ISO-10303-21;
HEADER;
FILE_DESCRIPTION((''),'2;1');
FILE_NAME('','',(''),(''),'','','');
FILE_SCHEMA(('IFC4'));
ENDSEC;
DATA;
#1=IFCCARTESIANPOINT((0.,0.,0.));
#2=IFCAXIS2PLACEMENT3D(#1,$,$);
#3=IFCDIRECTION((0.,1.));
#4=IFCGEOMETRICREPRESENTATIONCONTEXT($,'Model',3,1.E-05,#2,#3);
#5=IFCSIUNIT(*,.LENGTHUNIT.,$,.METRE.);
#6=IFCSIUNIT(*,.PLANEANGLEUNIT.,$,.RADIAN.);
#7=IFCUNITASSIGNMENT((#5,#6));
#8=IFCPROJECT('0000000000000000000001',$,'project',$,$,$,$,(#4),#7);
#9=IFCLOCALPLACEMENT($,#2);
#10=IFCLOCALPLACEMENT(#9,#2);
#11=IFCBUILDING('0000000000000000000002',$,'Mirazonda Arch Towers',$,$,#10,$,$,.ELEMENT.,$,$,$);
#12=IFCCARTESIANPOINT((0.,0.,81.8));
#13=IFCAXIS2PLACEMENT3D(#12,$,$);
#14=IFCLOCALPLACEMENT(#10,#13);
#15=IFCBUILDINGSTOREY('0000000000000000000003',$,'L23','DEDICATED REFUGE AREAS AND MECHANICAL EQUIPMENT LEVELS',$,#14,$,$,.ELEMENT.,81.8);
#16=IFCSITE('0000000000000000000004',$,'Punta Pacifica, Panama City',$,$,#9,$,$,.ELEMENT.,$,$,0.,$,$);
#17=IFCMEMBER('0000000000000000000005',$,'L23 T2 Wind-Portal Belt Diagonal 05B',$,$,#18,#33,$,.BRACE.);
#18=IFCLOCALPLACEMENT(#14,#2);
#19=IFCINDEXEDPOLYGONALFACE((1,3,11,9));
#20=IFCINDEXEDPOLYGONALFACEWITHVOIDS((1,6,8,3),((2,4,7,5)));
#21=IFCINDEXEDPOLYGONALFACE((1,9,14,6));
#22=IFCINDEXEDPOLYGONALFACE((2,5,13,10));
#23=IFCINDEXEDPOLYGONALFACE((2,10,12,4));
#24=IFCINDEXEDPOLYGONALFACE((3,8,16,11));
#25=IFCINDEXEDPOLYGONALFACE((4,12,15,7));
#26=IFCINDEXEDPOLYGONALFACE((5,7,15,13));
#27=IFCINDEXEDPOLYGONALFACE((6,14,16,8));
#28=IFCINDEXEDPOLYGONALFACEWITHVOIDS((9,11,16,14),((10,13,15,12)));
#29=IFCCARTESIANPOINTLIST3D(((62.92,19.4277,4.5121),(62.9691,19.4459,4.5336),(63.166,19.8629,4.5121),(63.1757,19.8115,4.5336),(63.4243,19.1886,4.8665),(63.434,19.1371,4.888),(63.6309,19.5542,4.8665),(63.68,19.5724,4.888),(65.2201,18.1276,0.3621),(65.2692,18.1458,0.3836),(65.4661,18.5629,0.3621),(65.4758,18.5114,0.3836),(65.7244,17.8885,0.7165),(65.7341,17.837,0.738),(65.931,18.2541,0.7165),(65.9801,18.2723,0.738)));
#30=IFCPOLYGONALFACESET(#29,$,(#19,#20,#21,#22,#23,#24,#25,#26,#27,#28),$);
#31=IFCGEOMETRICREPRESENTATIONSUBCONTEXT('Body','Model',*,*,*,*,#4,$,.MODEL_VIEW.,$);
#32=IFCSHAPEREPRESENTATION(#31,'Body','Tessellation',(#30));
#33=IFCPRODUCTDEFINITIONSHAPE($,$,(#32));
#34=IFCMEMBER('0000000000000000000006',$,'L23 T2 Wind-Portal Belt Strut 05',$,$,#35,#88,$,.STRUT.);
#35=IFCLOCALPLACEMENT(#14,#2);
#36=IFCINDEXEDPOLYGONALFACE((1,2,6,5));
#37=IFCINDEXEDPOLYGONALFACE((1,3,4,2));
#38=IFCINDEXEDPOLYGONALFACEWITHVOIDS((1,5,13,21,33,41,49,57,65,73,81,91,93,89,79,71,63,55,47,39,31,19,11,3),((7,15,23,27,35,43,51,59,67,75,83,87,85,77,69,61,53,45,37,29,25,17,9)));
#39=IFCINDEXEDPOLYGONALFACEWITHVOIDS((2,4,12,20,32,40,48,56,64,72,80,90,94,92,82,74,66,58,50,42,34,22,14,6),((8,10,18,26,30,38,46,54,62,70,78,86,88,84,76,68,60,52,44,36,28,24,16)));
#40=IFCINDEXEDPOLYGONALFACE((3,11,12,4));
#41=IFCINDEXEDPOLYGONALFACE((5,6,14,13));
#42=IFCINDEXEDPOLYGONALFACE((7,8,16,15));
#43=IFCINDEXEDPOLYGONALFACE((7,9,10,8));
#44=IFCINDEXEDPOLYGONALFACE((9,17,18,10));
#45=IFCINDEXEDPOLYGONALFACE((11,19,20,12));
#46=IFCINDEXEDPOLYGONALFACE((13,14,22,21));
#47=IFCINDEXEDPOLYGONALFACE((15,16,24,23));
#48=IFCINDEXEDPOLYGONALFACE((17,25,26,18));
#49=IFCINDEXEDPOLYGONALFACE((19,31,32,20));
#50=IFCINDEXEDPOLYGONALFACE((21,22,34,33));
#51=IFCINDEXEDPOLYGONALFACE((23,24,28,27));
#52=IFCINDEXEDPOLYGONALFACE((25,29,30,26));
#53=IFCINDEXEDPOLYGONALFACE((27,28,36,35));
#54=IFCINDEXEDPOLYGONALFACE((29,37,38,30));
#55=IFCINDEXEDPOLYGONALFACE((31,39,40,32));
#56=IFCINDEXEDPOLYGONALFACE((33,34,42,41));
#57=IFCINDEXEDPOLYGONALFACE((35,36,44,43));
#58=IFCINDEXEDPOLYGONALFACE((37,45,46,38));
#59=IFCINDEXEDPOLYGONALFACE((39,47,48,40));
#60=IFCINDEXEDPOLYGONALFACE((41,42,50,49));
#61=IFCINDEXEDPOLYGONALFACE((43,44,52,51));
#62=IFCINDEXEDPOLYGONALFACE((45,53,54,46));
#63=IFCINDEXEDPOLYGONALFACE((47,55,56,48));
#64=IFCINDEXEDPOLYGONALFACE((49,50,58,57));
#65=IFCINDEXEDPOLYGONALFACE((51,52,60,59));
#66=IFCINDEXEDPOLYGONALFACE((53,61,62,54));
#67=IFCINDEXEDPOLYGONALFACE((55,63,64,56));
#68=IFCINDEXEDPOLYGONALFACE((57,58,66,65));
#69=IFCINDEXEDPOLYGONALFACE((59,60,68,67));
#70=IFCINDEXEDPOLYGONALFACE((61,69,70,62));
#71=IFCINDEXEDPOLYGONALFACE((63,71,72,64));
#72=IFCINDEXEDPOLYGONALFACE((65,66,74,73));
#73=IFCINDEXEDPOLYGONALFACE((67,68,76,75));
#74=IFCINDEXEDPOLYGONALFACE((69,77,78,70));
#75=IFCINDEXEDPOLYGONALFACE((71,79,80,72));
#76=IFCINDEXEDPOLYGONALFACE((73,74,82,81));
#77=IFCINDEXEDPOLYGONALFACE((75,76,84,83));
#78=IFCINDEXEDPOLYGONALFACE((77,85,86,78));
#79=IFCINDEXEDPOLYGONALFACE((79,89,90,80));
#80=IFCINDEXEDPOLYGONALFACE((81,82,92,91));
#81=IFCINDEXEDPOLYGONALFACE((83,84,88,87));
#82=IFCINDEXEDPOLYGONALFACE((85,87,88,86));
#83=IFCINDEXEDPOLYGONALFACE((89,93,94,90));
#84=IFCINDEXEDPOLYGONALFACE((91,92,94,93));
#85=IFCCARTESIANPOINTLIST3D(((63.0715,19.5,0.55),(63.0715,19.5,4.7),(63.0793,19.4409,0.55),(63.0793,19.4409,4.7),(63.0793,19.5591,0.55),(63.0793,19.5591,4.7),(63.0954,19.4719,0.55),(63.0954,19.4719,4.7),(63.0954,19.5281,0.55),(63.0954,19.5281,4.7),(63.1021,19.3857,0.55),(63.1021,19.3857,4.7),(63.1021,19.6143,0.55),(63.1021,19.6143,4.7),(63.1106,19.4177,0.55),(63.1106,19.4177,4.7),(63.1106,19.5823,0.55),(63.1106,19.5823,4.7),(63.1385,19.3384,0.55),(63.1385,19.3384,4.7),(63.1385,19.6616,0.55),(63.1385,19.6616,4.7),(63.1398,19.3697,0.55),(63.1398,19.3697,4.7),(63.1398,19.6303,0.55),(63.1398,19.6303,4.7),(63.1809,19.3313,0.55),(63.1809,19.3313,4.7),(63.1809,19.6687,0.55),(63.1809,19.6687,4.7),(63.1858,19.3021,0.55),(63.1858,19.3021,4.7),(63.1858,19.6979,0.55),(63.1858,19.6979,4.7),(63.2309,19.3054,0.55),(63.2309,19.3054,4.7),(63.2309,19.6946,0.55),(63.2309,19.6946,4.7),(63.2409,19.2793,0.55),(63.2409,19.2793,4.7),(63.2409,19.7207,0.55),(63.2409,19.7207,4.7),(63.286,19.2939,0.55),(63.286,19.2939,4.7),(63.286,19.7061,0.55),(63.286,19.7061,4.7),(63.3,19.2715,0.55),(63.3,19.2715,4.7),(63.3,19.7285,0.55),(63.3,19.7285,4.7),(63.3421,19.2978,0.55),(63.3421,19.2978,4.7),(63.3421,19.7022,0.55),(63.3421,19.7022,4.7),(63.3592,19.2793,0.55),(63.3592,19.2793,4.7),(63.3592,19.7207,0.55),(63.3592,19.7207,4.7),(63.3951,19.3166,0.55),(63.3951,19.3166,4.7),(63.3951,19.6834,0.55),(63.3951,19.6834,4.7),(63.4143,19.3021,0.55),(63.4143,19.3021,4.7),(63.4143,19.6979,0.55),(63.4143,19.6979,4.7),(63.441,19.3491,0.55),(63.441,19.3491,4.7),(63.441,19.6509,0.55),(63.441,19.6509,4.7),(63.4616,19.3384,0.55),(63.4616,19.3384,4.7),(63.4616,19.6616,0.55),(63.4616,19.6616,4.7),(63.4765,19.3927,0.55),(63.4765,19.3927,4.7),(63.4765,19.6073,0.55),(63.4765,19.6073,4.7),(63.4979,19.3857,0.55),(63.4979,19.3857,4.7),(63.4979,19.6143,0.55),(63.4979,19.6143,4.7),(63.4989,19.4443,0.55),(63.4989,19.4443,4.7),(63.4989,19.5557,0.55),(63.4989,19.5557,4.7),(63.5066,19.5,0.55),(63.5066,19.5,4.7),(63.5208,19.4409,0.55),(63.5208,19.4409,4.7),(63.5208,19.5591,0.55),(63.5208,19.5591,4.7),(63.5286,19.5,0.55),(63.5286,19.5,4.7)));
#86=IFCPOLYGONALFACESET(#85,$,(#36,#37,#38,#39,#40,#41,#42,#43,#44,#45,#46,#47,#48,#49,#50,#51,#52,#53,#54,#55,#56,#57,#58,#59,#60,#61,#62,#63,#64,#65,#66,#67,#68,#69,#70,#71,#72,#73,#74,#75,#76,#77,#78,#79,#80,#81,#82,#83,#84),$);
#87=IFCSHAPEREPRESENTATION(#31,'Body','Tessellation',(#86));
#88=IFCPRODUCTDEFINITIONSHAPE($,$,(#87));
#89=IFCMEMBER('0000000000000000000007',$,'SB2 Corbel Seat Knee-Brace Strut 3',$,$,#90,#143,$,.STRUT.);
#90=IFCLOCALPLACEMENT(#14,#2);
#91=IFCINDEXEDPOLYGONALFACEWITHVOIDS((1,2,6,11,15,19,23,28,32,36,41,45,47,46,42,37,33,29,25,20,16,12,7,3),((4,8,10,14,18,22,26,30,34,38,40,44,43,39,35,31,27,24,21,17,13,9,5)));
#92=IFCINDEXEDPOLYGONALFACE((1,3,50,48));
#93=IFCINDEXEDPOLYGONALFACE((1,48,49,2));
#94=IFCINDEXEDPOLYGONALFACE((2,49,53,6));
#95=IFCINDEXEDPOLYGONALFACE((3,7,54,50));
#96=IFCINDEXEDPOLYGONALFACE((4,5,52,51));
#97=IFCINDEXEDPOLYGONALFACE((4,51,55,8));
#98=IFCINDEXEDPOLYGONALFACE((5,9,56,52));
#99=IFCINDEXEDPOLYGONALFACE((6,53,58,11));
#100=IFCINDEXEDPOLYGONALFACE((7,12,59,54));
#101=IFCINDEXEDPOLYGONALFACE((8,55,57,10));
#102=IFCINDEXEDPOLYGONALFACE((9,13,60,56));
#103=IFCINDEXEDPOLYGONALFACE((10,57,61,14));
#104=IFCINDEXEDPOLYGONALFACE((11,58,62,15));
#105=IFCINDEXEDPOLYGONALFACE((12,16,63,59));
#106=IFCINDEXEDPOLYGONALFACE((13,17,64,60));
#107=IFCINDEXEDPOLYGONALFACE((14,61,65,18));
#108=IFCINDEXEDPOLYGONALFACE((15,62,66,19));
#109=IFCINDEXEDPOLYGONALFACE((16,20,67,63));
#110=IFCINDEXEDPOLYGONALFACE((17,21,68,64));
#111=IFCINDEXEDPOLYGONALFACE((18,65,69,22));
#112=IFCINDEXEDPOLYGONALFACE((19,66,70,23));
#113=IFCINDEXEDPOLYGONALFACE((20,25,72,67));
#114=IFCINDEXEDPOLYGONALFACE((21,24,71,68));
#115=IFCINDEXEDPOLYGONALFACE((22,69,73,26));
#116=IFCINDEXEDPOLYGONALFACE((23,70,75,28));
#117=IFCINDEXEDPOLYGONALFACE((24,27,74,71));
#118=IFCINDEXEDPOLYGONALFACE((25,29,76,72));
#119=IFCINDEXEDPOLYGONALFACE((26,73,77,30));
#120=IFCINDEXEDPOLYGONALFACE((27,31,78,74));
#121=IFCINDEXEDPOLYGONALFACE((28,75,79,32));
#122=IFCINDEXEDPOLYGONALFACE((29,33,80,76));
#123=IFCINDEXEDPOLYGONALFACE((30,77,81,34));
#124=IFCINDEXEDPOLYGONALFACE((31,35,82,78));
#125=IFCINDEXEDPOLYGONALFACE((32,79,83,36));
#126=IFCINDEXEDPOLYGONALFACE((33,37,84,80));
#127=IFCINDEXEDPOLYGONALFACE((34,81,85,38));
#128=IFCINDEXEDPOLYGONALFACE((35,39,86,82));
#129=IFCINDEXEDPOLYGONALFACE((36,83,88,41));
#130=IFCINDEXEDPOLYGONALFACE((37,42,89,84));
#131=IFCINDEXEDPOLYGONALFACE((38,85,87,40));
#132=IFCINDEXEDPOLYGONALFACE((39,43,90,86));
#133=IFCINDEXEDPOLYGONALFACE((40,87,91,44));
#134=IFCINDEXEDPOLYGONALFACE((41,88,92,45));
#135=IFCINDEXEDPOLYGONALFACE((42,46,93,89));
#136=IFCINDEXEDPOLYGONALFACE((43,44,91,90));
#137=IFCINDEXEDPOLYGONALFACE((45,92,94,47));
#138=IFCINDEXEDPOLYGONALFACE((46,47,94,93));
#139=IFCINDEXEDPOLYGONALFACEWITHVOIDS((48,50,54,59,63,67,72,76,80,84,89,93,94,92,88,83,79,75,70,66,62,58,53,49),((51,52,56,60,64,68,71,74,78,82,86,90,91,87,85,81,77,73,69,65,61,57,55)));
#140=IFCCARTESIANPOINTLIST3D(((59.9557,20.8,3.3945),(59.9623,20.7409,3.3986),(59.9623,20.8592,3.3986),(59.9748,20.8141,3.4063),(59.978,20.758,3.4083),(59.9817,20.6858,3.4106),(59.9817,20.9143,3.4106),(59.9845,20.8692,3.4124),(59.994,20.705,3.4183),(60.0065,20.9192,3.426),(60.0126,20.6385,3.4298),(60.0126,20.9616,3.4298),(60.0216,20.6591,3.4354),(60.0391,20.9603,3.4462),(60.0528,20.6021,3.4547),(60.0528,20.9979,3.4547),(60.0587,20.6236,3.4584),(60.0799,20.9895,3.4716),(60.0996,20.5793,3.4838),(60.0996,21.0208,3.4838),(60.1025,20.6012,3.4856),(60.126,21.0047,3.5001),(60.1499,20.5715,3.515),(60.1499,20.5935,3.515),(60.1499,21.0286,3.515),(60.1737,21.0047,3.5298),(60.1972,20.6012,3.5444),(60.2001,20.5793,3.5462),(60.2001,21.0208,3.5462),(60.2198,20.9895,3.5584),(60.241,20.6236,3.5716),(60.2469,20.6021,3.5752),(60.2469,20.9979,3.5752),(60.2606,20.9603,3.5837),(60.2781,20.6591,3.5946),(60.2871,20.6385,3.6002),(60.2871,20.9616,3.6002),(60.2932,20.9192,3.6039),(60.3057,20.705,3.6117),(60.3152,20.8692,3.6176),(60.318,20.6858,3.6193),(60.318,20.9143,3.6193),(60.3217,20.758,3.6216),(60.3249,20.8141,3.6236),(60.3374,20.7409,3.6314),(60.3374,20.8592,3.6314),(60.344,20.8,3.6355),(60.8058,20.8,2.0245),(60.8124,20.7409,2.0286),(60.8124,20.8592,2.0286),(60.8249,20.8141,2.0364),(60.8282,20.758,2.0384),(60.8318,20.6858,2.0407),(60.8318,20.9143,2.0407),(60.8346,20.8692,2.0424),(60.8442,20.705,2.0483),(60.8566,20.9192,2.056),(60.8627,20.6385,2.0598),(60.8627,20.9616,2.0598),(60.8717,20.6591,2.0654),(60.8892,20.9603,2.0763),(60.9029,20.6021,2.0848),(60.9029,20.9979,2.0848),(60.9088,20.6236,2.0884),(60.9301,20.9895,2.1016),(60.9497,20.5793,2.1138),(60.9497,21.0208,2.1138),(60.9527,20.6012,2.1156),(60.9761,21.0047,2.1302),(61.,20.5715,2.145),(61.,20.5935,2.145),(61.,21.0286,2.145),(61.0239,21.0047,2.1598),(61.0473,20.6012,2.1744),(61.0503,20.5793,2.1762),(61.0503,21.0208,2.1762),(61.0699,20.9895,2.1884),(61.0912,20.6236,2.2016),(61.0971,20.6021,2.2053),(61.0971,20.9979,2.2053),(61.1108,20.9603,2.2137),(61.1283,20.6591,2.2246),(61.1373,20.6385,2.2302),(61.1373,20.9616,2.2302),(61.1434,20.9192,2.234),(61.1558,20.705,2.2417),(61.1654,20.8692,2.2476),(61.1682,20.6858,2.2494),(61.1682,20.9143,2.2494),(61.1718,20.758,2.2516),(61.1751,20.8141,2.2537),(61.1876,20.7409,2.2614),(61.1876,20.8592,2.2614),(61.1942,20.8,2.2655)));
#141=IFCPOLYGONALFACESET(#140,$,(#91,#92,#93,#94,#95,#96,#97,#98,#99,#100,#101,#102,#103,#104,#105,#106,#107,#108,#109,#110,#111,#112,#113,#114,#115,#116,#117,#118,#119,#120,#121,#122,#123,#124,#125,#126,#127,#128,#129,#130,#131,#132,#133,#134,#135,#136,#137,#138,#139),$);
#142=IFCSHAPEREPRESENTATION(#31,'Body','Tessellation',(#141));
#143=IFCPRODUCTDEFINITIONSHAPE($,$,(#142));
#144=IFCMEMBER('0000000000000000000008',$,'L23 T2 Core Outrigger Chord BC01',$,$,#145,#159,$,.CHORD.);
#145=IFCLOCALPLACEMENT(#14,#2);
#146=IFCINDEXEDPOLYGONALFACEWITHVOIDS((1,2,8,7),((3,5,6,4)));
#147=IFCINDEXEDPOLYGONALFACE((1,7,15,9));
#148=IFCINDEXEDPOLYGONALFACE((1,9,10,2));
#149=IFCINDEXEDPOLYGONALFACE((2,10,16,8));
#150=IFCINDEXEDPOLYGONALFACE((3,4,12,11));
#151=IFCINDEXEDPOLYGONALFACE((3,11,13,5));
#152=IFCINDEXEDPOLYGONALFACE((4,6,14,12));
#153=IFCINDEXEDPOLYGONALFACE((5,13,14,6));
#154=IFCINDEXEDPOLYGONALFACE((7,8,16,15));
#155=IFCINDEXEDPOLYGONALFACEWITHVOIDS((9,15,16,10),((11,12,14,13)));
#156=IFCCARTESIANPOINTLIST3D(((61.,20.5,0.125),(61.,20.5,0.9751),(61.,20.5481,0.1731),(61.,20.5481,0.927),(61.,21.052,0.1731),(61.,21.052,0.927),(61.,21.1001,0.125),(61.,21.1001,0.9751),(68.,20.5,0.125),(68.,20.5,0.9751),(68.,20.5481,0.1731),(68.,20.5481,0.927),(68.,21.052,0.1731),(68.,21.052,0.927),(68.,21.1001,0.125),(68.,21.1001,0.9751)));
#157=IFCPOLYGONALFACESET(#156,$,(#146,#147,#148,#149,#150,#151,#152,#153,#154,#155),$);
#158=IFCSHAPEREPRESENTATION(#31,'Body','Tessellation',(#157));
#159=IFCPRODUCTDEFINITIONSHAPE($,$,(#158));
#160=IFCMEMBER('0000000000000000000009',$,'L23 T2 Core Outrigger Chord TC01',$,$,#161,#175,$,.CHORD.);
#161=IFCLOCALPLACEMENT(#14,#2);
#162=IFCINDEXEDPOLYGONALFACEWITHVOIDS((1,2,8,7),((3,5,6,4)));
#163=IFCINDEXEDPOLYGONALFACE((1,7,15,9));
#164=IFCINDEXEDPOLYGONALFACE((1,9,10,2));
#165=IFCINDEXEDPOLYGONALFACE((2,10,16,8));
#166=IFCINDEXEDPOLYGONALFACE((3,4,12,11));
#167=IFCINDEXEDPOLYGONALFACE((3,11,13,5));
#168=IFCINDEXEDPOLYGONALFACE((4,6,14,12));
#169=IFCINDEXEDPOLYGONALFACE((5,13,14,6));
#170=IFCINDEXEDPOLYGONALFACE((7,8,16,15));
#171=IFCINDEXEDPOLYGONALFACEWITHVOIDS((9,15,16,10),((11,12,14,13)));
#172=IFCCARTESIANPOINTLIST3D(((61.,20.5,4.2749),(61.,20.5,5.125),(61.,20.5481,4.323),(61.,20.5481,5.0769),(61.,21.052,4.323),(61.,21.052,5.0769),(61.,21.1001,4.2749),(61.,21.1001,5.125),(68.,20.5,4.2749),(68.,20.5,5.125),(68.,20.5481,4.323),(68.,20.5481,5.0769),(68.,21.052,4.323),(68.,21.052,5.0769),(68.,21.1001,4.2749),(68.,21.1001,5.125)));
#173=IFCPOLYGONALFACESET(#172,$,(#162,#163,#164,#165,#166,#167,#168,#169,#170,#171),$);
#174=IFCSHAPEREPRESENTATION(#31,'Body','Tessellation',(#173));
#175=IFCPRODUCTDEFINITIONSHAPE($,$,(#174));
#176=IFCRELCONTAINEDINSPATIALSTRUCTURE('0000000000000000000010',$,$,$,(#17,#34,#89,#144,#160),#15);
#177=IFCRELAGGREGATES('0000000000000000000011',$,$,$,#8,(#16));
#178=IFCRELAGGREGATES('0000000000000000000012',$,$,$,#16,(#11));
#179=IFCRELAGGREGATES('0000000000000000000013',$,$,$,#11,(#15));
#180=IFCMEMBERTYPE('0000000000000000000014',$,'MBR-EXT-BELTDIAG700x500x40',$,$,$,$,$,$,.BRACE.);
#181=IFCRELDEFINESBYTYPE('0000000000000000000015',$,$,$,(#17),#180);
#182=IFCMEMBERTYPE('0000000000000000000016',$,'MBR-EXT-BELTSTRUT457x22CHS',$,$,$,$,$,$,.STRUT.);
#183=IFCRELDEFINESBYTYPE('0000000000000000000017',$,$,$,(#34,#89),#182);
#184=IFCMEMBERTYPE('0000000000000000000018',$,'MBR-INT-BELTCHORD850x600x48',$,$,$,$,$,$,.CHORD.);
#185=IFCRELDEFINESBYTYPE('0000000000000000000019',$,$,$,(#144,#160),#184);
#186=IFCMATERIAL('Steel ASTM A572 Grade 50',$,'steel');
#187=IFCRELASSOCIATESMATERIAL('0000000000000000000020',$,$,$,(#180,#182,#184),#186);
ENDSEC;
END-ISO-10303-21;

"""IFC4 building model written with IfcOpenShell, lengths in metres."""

from ifc_helpers import new_model, si_unit, direction, frame, origin, origin_2d, place, context, subcontext, project, spatial, hollow_rectangle, hollow_circle, extrude, material, material_profile, profile_set, type_object, element, save


model = new_model("IFC4")

# Units and contexts
model_context = context("Model", 3, precision=1e-05, world=origin(), true_north=direction((0.0, 1.0)))
body_context = subcontext(model_context, "Body", "Model", "MODEL_VIEW")
ifc_project = project(units=[si_unit("LENGTHUNIT", "METRE"), si_unit("PLANEANGLEUNIT", "RADIAN")], contexts=[model_context])

# Site, building, storey
site_placement = place(None, origin())
site = spatial("IfcSite", under=ifc_project, at=site_placement, Name="Punta Pacifica, Panama City", CompositionType="ELEMENT", RefElevation=0.0)
building_placement = place(site_placement, origin())
building = spatial("IfcBuilding", under=site, at=building_placement, Name="Mirazonda Arch Towers", CompositionType="ELEMENT")
storey_placement = place(building_placement, frame((0.0, 0.0, 81.8)))
storey = spatial("IfcBuildingStorey", under=building, at=storey_placement, Name="L23", Description="DEDICATED REFUGE AREAS AND MECHANICAL EQUIPMENT LEVELS", CompositionType="ELEMENT", Elevation=81.8)

# Members
ifc_material_1 = material(Name="Steel ASTM A572 Grade 50", Category="steel")
ifc_material_profile_1 = material_profile(ifc_material_1, hollow_rectangle(XDim=0.5, YDim=0.7, WallThickness=0.04, at=origin_2d()), Name="BELTDIAG700x500x40")
ifc_profile_set_1 = profile_set([ifc_material_profile_1], Name="Steel ASTM A572 Grade 50")
member_type_1 = type_object("IfcMemberType", Name="MBR-EXT-BELTDIAG700x500x40", PredefinedType="BRACE", material=ifc_profile_set_1)
member_1_placement = place(storey_placement, frame((65.6001, 18.2, 0.55), z_axis=(-0.467532, 0.264261, 0.843552), x_axis=(-0.492063, -0.870559, 0.0)))
element("IfcMember", 1, at=member_1_placement, inside=storey, type_object=member_type_1, Name="L23 T2 Wind-Portal Belt Diagonal 05B", PredefinedType="BRACE", context=body_context, shape_type="SweptSolid", body=[
    extrude(hollow_rectangle(XDim=0.5, YDim=0.7, WallThickness=0.04, at=origin_2d()), origin(), (0.0, 0.0, 1.0), 4.9197),
])
ifc_material_profile_2 = material_profile(ifc_material_1, hollow_circle(Radius=0.2285, WallThickness=0.022, at=origin_2d()), Name="BELTSTRUT457x22CHS")
ifc_profile_set_2 = profile_set([ifc_material_profile_2], Name="Steel ASTM A572 Grade 50")
member_type_2 = type_object("IfcMemberType", Name="MBR-EXT-BELTSTRUT457x22CHS", PredefinedType="STRUT", material=ifc_profile_set_2)
member_2_placement = place(storey_placement, frame((63.3, 19.5, 0.55), z_axis=(0.0, 0.0, 1.0), x_axis=(1.0, 0.0, 0.0)))
element("IfcMember", 2, at=member_2_placement, inside=storey, type_object=member_type_2, Name="L23 T2 Wind-Portal Belt Strut 05", PredefinedType="STRUT", context=body_context, shape_type="SweptSolid", body=[
    extrude(hollow_circle(Radius=0.2285, WallThickness=0.022, at=origin_2d()), origin(), (0.0, 0.0, 1.0), 4.1499),
])
member_3_placement = place(storey_placement, frame((61.0, 20.8, 2.145), z_axis=(-0.527287, 0.0, 0.849687), x_axis=(0.0, -1.0, 0.0)))
element("IfcMember", 3, at=member_3_placement, inside=storey, type_object=member_type_2, Name="SB2 Corbel Seat Knee-Brace Strut 3", PredefinedType="STRUT", context=body_context, shape_type="SweptSolid", body=[
    extrude(hollow_circle(Radius=0.2285, WallThickness=0.022, at=origin_2d()), origin(), (0.0, 0.0, 1.0), 1.6123),
])
ifc_material_profile_3 = material_profile(ifc_material_1, hollow_rectangle(XDim=0.6001, YDim=0.8501, WallThickness=0.0481, at=origin_2d()), Name="BELTCHORD850x600x48")
ifc_profile_set_3 = profile_set([ifc_material_profile_3], Name="Steel ASTM A572 Grade 50")
member_type_3 = type_object("IfcMemberType", Name="MBR-INT-BELTCHORD850x600x48", PredefinedType="CHORD", material=ifc_profile_set_3)
for number, where, z_axis, x_axis, name in (
    (4, (61.0, 20.8, 0.55), (1.0, 0.0, 0.0), (0.0, 1.0, 0.0), "L23 T2 Core Outrigger Chord BC01"),
    (5, (61.0, 20.8, 4.7), (1.0, 0.0, 0.0), (0.0, 1.0, 0.0), "L23 T2 Core Outrigger Chord TC01"),
):
    element("IfcMember", number, at=place(storey_placement, frame(where, z_axis=z_axis, x_axis=x_axis)), inside=storey, type_object=member_type_3, Name=name, PredefinedType="CHORD", context=body_context, shape_type="SweptSolid", body=[
        extrude(hollow_rectangle(XDim=0.6001, YDim=0.8501, WallThickness=0.0481, at=origin_2d()), origin(), (0.0, 0.0, 1.0), 7.0),
    ])

save(model, "model.ifc")
